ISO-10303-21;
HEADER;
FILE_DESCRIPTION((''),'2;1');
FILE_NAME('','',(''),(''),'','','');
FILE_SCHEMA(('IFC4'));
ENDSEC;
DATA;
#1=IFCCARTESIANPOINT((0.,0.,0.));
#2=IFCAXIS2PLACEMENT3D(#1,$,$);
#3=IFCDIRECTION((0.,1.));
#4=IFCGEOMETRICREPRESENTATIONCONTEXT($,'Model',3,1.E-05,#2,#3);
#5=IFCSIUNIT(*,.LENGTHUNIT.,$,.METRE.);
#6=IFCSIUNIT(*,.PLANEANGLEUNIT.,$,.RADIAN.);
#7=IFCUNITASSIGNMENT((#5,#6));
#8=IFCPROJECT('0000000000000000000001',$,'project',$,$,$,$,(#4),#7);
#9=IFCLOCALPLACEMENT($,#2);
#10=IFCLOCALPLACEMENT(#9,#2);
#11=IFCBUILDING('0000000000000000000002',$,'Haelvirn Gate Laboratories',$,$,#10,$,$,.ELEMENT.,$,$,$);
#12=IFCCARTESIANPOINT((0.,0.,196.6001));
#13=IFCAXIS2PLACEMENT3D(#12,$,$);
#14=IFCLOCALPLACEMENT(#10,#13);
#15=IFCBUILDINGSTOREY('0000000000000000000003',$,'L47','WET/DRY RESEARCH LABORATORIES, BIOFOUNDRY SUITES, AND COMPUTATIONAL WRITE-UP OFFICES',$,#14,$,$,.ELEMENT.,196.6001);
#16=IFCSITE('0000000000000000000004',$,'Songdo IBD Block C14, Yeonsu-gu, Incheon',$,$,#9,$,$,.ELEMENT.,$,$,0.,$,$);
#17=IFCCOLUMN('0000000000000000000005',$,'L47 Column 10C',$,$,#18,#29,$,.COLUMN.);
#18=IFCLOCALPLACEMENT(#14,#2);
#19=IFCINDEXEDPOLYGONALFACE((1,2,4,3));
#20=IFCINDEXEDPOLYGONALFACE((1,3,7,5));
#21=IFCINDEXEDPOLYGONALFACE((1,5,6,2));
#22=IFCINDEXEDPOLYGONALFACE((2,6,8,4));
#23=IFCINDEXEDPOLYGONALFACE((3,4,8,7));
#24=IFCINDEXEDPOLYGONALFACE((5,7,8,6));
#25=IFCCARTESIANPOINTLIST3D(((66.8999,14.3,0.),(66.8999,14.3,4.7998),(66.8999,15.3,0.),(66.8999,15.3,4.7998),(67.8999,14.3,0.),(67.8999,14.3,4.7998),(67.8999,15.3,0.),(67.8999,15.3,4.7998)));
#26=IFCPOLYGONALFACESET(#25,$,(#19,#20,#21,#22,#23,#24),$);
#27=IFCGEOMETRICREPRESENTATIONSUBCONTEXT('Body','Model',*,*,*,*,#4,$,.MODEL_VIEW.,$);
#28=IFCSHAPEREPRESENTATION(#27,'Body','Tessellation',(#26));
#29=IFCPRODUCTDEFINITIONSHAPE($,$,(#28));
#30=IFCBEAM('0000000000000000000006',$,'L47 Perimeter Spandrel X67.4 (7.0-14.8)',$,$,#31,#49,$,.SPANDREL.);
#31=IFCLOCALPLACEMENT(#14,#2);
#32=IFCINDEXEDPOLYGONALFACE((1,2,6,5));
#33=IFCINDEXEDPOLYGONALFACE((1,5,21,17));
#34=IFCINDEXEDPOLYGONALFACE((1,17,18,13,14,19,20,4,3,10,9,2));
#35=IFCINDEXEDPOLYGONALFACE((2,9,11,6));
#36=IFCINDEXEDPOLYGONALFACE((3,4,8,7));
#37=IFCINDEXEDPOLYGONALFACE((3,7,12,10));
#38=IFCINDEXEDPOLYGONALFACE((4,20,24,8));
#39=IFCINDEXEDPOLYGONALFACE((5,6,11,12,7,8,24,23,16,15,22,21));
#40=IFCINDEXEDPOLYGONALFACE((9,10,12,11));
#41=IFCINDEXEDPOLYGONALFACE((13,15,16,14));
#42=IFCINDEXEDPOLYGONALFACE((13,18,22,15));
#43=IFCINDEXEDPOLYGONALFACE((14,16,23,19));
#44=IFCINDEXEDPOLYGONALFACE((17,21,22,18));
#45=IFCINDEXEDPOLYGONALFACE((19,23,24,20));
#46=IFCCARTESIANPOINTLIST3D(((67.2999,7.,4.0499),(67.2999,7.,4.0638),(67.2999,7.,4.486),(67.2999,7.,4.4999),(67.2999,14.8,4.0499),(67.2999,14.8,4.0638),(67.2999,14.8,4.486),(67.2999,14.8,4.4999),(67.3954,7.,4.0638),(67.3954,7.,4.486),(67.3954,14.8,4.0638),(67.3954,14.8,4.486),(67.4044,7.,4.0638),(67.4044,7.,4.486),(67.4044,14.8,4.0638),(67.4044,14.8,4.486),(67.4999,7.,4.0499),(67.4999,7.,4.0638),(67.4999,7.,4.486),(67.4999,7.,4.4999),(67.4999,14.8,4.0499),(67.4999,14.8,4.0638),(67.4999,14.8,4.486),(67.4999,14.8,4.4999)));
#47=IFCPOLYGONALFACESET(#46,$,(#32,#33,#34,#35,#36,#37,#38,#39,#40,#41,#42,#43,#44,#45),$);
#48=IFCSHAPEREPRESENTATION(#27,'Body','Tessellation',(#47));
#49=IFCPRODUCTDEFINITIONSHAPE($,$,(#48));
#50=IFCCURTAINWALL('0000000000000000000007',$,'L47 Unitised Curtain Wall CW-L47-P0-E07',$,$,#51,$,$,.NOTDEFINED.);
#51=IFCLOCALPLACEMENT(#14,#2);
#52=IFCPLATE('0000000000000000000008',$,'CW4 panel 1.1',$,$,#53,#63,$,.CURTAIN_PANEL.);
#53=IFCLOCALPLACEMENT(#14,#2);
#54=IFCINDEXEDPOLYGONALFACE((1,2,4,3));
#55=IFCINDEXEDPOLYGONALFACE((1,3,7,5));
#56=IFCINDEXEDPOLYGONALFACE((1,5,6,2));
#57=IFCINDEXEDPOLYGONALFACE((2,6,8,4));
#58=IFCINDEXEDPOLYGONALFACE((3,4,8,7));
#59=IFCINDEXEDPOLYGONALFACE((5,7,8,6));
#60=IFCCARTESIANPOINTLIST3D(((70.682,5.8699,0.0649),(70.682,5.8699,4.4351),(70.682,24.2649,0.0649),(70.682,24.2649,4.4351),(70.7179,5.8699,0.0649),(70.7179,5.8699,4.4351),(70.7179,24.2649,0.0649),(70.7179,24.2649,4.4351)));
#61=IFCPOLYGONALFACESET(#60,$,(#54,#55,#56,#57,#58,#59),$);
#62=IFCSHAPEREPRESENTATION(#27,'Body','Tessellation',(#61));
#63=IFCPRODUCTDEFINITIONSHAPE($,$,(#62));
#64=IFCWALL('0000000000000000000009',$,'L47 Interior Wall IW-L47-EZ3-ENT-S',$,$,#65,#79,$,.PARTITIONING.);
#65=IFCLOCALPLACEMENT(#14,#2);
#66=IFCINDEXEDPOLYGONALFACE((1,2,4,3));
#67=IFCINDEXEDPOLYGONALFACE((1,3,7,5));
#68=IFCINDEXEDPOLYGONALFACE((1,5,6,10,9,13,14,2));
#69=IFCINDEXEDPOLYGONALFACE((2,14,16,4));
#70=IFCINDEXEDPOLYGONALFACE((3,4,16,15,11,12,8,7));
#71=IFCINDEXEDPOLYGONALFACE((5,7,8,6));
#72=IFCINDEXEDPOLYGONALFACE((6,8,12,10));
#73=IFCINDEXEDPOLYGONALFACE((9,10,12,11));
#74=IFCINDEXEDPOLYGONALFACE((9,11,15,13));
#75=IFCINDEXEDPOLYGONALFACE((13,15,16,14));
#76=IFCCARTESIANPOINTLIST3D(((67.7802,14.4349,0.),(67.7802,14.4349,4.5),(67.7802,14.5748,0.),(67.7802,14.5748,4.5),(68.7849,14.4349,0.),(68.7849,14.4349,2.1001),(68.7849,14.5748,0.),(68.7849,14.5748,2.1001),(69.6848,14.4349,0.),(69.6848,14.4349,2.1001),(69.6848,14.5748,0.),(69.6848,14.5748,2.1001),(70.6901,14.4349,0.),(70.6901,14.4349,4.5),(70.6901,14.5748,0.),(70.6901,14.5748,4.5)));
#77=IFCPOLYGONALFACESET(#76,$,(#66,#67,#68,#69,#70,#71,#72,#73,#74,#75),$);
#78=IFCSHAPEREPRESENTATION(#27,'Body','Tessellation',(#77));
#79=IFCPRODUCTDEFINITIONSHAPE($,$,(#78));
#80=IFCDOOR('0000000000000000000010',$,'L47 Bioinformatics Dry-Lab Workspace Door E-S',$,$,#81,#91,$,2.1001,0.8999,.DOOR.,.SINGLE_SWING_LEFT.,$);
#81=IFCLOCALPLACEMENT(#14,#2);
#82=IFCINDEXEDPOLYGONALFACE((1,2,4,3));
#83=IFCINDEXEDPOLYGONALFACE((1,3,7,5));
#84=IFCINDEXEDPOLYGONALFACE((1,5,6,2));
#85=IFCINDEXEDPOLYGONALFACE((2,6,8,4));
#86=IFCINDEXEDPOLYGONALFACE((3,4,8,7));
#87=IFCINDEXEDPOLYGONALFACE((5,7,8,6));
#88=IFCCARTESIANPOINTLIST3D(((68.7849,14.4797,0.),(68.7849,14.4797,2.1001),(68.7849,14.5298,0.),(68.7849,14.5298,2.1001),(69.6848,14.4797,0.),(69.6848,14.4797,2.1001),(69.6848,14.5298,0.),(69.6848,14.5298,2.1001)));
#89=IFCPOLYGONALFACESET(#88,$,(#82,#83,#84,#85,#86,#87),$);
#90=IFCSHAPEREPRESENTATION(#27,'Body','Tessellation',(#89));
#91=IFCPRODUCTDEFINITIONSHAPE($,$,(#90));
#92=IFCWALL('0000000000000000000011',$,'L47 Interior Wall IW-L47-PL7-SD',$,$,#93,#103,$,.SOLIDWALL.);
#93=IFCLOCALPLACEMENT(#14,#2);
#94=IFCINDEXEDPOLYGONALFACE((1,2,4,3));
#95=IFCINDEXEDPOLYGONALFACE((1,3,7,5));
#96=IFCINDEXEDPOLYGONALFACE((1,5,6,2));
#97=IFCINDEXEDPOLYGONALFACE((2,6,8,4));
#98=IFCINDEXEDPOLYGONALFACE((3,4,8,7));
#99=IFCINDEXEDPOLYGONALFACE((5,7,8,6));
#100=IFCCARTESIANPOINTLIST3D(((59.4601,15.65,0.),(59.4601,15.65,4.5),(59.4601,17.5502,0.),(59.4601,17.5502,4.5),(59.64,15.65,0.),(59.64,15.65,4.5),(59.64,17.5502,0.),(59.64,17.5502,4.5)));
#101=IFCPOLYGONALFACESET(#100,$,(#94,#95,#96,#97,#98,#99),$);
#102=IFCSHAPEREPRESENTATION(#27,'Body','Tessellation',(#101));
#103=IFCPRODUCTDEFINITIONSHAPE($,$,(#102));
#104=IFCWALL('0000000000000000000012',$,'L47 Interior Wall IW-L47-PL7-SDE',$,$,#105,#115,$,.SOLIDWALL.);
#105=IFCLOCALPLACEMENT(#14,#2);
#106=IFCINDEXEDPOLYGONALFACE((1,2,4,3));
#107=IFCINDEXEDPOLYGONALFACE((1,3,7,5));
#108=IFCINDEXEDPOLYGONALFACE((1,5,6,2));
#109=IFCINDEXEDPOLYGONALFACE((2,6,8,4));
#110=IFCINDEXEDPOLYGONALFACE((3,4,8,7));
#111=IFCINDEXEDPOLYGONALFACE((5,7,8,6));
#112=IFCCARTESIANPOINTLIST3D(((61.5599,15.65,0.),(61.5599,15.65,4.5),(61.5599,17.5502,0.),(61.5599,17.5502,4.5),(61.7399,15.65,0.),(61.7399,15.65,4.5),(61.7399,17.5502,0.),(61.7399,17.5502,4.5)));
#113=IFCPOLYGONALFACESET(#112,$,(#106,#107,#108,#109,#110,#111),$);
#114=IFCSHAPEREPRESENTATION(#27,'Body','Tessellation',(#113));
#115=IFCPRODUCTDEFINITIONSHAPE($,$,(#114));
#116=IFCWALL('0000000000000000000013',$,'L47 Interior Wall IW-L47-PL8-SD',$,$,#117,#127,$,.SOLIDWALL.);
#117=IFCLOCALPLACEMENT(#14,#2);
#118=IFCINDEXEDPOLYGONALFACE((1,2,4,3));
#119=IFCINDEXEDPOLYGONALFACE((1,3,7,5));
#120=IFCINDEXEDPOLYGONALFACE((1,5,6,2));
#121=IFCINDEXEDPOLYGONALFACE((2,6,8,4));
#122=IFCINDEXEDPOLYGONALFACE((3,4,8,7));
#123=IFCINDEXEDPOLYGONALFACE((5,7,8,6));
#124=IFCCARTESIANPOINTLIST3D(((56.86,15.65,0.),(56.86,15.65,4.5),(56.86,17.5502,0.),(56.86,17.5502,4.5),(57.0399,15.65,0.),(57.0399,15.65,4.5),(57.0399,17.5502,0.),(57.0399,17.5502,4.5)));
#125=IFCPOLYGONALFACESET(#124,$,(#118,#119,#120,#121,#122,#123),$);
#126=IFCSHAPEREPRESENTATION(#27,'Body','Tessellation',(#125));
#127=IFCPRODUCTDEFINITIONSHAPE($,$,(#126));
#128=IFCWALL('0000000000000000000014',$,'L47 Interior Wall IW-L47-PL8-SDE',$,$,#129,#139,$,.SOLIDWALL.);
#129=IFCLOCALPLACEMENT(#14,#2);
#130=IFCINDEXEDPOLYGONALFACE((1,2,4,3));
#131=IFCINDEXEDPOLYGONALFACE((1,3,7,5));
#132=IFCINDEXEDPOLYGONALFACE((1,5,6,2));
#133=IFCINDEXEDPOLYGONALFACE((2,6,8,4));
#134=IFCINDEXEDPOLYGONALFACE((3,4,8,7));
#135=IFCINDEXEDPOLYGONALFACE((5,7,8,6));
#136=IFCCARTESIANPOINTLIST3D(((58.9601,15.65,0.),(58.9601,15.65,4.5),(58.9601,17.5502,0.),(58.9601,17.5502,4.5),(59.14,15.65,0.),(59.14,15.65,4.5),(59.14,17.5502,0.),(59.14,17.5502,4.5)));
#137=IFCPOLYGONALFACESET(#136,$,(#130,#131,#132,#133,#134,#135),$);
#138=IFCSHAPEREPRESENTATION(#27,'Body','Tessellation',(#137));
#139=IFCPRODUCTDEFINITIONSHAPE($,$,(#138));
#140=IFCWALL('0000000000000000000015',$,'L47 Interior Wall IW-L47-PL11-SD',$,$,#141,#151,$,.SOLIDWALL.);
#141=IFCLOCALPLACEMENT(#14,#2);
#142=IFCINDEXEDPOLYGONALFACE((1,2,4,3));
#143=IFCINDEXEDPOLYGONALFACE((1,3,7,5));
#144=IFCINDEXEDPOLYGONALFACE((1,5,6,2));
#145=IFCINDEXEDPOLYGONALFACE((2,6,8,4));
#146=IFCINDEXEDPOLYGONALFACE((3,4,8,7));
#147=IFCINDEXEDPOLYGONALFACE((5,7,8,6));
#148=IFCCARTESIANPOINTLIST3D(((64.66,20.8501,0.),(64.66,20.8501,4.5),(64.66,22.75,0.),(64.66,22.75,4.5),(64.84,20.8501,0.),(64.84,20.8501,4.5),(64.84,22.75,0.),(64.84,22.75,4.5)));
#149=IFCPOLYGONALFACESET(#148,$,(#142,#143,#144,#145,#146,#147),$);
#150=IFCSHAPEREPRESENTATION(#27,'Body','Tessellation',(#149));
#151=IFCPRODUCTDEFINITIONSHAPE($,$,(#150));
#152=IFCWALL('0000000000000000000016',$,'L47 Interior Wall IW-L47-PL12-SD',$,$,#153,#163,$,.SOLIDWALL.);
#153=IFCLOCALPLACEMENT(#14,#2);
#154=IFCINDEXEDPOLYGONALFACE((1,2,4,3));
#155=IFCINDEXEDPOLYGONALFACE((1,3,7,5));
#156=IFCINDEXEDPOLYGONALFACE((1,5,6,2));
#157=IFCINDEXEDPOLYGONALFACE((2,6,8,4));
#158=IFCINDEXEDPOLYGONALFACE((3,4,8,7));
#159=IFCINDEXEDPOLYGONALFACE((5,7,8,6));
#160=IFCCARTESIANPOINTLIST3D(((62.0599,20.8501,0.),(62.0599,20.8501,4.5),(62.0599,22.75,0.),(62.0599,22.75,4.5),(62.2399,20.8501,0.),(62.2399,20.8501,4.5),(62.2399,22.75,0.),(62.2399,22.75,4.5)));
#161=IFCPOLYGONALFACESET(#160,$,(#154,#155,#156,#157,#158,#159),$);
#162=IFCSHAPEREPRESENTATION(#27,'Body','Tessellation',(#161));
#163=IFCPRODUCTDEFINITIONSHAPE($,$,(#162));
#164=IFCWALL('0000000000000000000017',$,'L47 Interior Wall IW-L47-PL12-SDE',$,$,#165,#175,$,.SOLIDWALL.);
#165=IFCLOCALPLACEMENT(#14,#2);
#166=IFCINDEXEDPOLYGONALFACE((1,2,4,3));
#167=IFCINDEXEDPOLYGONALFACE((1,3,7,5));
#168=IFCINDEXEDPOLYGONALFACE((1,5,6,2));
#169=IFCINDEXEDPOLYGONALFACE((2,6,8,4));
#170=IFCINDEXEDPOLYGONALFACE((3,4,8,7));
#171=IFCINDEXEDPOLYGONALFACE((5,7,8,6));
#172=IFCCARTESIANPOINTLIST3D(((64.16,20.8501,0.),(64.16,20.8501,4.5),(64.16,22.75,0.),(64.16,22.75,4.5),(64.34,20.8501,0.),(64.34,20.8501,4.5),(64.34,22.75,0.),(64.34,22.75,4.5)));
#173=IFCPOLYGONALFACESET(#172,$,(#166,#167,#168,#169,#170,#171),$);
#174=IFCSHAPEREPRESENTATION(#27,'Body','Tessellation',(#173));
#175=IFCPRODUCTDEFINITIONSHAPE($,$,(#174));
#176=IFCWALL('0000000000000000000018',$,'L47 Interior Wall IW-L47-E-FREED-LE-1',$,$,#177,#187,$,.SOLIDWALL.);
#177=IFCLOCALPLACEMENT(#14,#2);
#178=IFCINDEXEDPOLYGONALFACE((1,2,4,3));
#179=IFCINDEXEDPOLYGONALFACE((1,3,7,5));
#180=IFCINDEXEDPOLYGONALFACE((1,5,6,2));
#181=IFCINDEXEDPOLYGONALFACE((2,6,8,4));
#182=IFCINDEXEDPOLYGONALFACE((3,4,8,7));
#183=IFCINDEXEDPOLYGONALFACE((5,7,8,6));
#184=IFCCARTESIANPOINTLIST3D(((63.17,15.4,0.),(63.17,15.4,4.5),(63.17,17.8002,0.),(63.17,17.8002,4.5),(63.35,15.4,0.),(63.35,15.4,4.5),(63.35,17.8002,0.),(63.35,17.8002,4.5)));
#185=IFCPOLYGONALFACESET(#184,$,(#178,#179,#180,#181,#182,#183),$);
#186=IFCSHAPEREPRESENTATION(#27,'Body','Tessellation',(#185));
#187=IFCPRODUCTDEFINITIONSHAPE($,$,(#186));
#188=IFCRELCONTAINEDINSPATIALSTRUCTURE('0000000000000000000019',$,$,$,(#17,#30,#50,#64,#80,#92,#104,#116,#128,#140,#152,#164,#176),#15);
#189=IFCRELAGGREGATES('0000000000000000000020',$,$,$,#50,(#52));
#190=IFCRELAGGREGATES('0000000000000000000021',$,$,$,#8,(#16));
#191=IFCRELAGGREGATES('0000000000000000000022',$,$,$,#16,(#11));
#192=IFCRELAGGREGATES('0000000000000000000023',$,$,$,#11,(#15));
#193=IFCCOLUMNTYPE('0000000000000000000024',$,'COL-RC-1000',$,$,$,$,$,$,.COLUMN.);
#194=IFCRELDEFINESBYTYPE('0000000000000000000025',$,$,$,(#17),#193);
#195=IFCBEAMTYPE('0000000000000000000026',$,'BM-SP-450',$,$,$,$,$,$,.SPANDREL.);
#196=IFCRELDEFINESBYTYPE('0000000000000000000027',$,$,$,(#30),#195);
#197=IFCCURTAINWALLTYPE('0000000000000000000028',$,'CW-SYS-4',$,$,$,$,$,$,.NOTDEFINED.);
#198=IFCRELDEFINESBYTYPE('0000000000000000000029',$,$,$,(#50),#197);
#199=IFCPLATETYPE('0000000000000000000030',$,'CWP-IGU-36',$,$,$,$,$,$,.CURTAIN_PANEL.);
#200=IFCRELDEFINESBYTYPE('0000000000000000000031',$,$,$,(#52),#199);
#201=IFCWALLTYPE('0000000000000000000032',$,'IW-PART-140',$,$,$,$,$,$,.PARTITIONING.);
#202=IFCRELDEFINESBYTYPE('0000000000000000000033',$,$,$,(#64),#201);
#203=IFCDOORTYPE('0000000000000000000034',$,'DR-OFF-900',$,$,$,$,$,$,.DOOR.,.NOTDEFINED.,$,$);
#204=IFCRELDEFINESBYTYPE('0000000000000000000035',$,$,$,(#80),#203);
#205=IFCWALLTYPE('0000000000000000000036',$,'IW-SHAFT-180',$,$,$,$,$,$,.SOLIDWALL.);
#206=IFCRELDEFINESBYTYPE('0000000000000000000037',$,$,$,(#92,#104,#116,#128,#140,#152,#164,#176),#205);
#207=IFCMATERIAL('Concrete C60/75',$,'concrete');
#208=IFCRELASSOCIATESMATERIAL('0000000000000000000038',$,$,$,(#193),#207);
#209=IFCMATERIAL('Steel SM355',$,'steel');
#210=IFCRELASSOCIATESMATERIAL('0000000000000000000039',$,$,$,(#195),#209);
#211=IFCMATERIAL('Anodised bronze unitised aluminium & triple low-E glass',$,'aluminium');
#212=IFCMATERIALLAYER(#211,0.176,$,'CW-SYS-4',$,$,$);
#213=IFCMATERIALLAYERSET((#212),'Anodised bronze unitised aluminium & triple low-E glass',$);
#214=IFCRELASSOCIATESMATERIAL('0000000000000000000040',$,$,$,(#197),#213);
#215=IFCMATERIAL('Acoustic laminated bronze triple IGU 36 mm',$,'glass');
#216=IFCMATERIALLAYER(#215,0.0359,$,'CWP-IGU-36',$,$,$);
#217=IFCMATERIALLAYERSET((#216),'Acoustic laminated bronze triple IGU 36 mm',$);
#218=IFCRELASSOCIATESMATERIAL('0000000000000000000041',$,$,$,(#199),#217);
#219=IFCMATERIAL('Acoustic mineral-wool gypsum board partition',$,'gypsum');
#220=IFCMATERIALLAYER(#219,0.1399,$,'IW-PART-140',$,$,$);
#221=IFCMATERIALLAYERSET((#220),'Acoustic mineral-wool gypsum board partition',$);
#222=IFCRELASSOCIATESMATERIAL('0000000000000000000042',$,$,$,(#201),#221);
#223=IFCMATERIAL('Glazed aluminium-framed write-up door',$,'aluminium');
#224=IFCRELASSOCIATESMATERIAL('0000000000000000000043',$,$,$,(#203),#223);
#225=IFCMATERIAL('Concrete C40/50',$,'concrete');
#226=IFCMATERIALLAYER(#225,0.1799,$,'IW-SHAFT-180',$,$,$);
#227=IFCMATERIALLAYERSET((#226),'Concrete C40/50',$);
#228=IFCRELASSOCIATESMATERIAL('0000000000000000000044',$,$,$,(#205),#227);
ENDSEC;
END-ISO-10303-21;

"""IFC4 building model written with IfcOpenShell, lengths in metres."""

from ifc_helpers import new_model, si_unit, direction, frame, frame_2d, origin, origin_2d, place, context, subcontext, project, spatial, rectangle, i_section, extrude, source, transform, mapped, material, layer, layer_set, material_profile, profile_set, type_object, type_shapes, element, fill, aggregate, save


model = new_model("IFC4")

# Units and contexts
model_context = context("Model", 3, precision=1e-05, world=origin(), true_north=direction((0.0, 1.0)))
body_context = subcontext(model_context, "Body", "Model", "MODEL_VIEW")
ifc_project = project(units=[si_unit("LENGTHUNIT", "METRE"), si_unit("PLANEANGLEUNIT", "RADIAN")], contexts=[model_context])

# Site, building, storey
site_placement = place(None, origin())
site = spatial("IfcSite", under=ifc_project, at=site_placement, Name="Songdo IBD Block C14, Yeonsu-gu, Incheon", CompositionType="ELEMENT", RefElevation=0.0)
building_placement = place(site_placement, origin())
building = spatial("IfcBuilding", under=site, at=building_placement, Name="Haelvirn Gate Laboratories", CompositionType="ELEMENT")
storey_placement = place(building_placement, frame((0.0, 0.0, 196.6001)))
storey = spatial("IfcBuildingStorey", under=building, at=storey_placement, Name="L47", Description="WET/DRY RESEARCH LABORATORIES, BIOFOUNDRY SUITES, AND COMPUTATIONAL WRITE-UP OFFICES", CompositionType="ELEMENT", Elevation=196.6001)

# Column
ifc_material_1 = material(Name="Concrete C60/75", Category="concrete")
ifc_material_profile_1 = material_profile(ifc_material_1, rectangle(XDim=1.0, YDim=1.0, at=origin_2d()), Name="RC-1000x1000")
ifc_profile_set_1 = profile_set([ifc_material_profile_1], Name="Concrete C60/75")
column_type = type_object("IfcColumnType", Name="COL-RC-1000", PredefinedType="COLUMN", material=ifc_profile_set_1)
shared_shape_1 = source(origin(), body_context, "Body", "SweptSolid", [
    extrude(rectangle(XDim=1.0, YDim=1.0, at=origin_2d()), origin(), (0.0, 0.0, 1.0), 4.7998),
])
type_shapes(column_type, [shared_shape_1])
column_placement = place(storey_placement, frame((67.3999, 14.8, 0.0), z_axis=(0.0, 0.0, 1.0), x_axis=(1.0, 0.0, 0.0)))
element("IfcColumn", 1, at=column_placement, inside=storey, type_object=column_type, Name="L47 Column 10C", PredefinedType="COLUMN", context=body_context, shape_type="MappedRepresentation", body=[
    mapped(shared_shape_1, transform((0.0, 0.0, 0.0), scale=1.0)),
])

# Beam
ifc_material_2 = material(Name="Steel SM355", Category="steel")
ifc_material_profile_2 = material_profile(ifc_material_2, i_section(OverallWidth=0.2, OverallDepth=0.45, WebThickness=0.009, FlangeThickness=0.0139, at=origin_2d()), Name="H-450x200x9x14")
ifc_profile_set_2 = profile_set([ifc_material_profile_2], Name="Steel SM355")
beam_type = type_object("IfcBeamType", Name="BM-SP-450", PredefinedType="SPANDREL", material=ifc_profile_set_2)
shared_shape_2 = source(origin(), body_context, "Body", "SweptSolid", [
    extrude(i_section(OverallWidth=0.2, OverallDepth=0.45, WebThickness=0.009, FlangeThickness=0.0139, at=origin_2d()), origin(), (0.0, 0.0, 1.0), 7.8),
])
type_shapes(beam_type, [shared_shape_2])
beam_placement = place(storey_placement, frame((67.3999, 7.0, 4.2749), z_axis=(0.0, 1.0, 0.0), x_axis=(-1.0, 0.0, 0.0)))
element("IfcBeam", 2, at=beam_placement, inside=storey, type_object=beam_type, Name="L47 Perimeter Spandrel X67.4 (7.0-14.8)", PredefinedType="SPANDREL", context=body_context, shape_type="MappedRepresentation", body=[
    mapped(shared_shape_2, transform((0.0, 0.0, 0.0), scale=1.0)),
])

# Curtain wall, plate
ifc_material_3 = material(Name="Anodised bronze unitised aluminium & triple low-E glass", Category="aluminium")
ifc_layer_1 = layer(ifc_material_3, 0.176, Name="CW-SYS-4")
ifc_layer_set_1 = layer_set([ifc_layer_1], Name="Anodised bronze unitised aluminium & triple low-E glass")
curtain_wall_type = type_object("IfcCurtainWallType", Name="CW-SYS-4", PredefinedType="NOTDEFINED", material=ifc_layer_set_1)
curtain_wall_placement = place(storey_placement, origin())
curtain_wall = element("IfcCurtainWall", 3, at=curtain_wall_placement, inside=storey, type_object=curtain_wall_type, Name="L47 Unitised Curtain Wall CW-L47-P0-E07", PredefinedType="NOTDEFINED")
ifc_material_4 = material(Name="Acoustic laminated bronze triple IGU 36 mm", Category="glass")
ifc_layer_2 = layer(ifc_material_4, 0.0359, Name="CWP-IGU-36")
ifc_layer_set_2 = layer_set([ifc_layer_2], Name="Acoustic laminated bronze triple IGU 36 mm")
plate_type = type_object("IfcPlateType", Name="CWP-IGU-36", PredefinedType="CURTAIN_PANEL", material=ifc_layer_set_2)
shared_shape_3 = source(origin(), body_context, "Body", "SweptSolid", [
    extrude(rectangle(XDim=18.395, YDim=0.0359, at=origin_2d()), origin(), (0.0, 0.0, 1.0), 4.3701),
])
type_shapes(plate_type, [shared_shape_3])
plate_placement = place(storey_placement, frame((70.7, 15.0674, 0.0649), z_axis=(0.0, 0.0, 1.0), x_axis=(0.0, 1.0, 0.0)))
plate = element("IfcPlate", 4, at=plate_placement, type_object=plate_type, Name="CW4 panel 1.1", PredefinedType="CURTAIN_PANEL", context=body_context, shape_type="MappedRepresentation", body=[
    mapped(shared_shape_3, transform((0.0, 0.0, 0.0), scale=1.0)),
])
aggregate(curtain_wall, [plate])

# Wall, opening, door
ifc_material_5 = material(Name="Acoustic mineral-wool gypsum board partition", Category="gypsum")
ifc_layer_3 = layer(ifc_material_5, 0.1399, Name="IW-PART-140")
ifc_layer_set_3 = layer_set([ifc_layer_3], Name="Acoustic mineral-wool gypsum board partition")
wall_type_1 = type_object("IfcWallType", Name="IW-PART-140", PredefinedType="PARTITIONING", material=ifc_layer_set_3)
wall_1_placement = place(storey_placement, frame((67.78, 14.5049, 0.0), z_axis=(0.0, 0.0, 1.0), x_axis=(1.0, 0.0, 0.0)))
wall_1 = element("IfcWall", 5, at=wall_1_placement, inside=storey, type_object=wall_type_1, Name="L47 Interior Wall IW-L47-EZ3-ENT-S", PredefinedType="PARTITIONING", context=body_context, shape_type="SweptSolid", body=[
    extrude(rectangle(XDim=2.9099, YDim=0.1399, at=frame_2d((1.4551, 0.0))), origin(), (0.0, 0.0, 1.0), 4.5),
])
opening_1_placement = place(wall_1_placement, frame((1.0049, 0.0, 0.0)))
opening_1 = element("IfcOpeningElement", 6, at=opening_1_placement, cuts=wall_1, PredefinedType="OPENING", context=body_context, shape_type="SweptSolid", body=[
    extrude(rectangle(XDim=0.8999, YDim=2.1001, at=frame_2d((0.45, 1.05))), frame((0.0, 0.0801, 0.0), z_axis=(0.0, -1.0, 0.0), x_axis=(1.0, 0.0, 0.0)), (0.0, 0.0, 1.0), 0.1599),
])
ifc_material_6 = material(Name="Glazed aluminium-framed write-up door", Category="aluminium")
door_type_1 = type_object("IfcDoorType", Name="DR-OFF-900", OperationType="NOTDEFINED", PredefinedType="DOOR", material=ifc_material_6)
shared_shape_4 = source(origin(), body_context, "Body", "SweptSolid", [
    extrude(rectangle(XDim=0.8999, YDim=2.1001, at=frame_2d((0.45, 1.05))), frame((0.0, 0.0249, 0.0), z_axis=(0.0, -1.0, 0.0), x_axis=(1.0, 0.0, 0.0)), (0.0, 0.0, 1.0), 0.05),
])
type_shapes(door_type_1, [shared_shape_4])
door_1_placement = place(opening_1_placement, origin())
door_1 = element("IfcDoor", 7, at=door_1_placement, inside=storey, type_object=door_type_1, Name="L47 Bioinformatics Dry-Lab Workspace Door E-S", OperationType="SINGLE_SWING_LEFT", OverallHeight=2.1001, OverallWidth=0.8999, PredefinedType="DOOR", context=body_context, shape_type="MappedRepresentation", body=[
    mapped(shared_shape_4, transform((0.0, 0.0, 0.0), scale=1.0)),
])
fill(opening_1, door_1)

# Walls
ifc_material_7 = material(Name="Concrete C40/50", Category="concrete")
ifc_layer_4 = layer(ifc_material_7, 0.1799, Name="IW-SHAFT-180")
ifc_layer_set_4 = layer_set([ifc_layer_4], Name="Concrete C40/50")
wall_type_2 = type_object("IfcWallType", Name="IW-SHAFT-180", PredefinedType="SOLIDWALL", material=ifc_layer_set_4)
for number, where, z_axis, x_axis, name in (
    (8, (59.55, 15.6499, 0.0), (0.0, 0.0, 1.0), (0.0, 1.0, 0.0), "L47 Interior Wall IW-L47-PL7-SD"),
    (9, (61.6499, 15.6499, 0.0), (0.0, 0.0, 1.0), (0.0, 1.0, 0.0), "L47 Interior Wall IW-L47-PL7-SDE"),
    (10, (56.95, 15.6499, 0.0), (0.0, 0.0, 1.0), (0.0, 1.0, 0.0), "L47 Interior Wall IW-L47-PL8-SD"),
    (11, (59.05, 15.6499, 0.0), (0.0, 0.0, 1.0), (0.0, 1.0, 0.0), "L47 Interior Wall IW-L47-PL8-SDE"),
):
    element("IfcWall", number, at=place(storey_placement, frame(where, z_axis=z_axis, x_axis=x_axis)), inside=storey, type_object=wall_type_2, Name=name, PredefinedType="SOLIDWALL", context=body_context, shape_type="SweptSolid", body=[
        extrude(rectangle(XDim=1.9001, YDim=0.1799, at=frame_2d((0.9502, 0.0))), origin(), (0.0, 0.0, 1.0), 4.5),
    ])
for number, where, z_axis, x_axis, name in (
    (12, (64.75, 20.8501, 0.0), (0.0, 0.0, 1.0), (0.0, 1.0, 0.0), "L47 Interior Wall IW-L47-PL11-SD"),
    (13, (62.1499, 20.8501, 0.0), (0.0, 0.0, 1.0), (0.0, 1.0, 0.0), "L47 Interior Wall IW-L47-PL12-SD"),
    (14, (64.25, 20.8501, 0.0), (0.0, 0.0, 1.0), (0.0, 1.0, 0.0), "L47 Interior Wall IW-L47-PL12-SDE"),
):
    element("IfcWall", number, at=place(storey_placement, frame(where, z_axis=z_axis, x_axis=x_axis)), inside=storey, type_object=wall_type_2, Name=name, PredefinedType="SOLIDWALL", context=body_context, shape_type="SweptSolid", body=[
        extrude(rectangle(XDim=1.8999, YDim=0.1799, at=frame_2d((0.95, 0.0))), origin(), (0.0, 0.0, 1.0), 4.5),
    ])

# Wall
wall_2_placement = place(storey_placement, frame((63.26, 15.3999, 0.0), z_axis=(0.0, 0.0, 1.0), x_axis=(0.0, 1.0, 0.0)))
element("IfcWall", 15, at=wall_2_placement, inside=storey, type_object=wall_type_2, Name="L47 Interior Wall IW-L47-E-FREED-LE-1", PredefinedType="SOLIDWALL", context=body_context, shape_type="SweptSolid", body=[
    extrude(rectangle(XDim=2.4001, YDim=0.1799, at=frame_2d((1.2002, 0.0))), origin(), (0.0, 0.0, 1.0), 4.5),
])

save(model, "model.ifc")
